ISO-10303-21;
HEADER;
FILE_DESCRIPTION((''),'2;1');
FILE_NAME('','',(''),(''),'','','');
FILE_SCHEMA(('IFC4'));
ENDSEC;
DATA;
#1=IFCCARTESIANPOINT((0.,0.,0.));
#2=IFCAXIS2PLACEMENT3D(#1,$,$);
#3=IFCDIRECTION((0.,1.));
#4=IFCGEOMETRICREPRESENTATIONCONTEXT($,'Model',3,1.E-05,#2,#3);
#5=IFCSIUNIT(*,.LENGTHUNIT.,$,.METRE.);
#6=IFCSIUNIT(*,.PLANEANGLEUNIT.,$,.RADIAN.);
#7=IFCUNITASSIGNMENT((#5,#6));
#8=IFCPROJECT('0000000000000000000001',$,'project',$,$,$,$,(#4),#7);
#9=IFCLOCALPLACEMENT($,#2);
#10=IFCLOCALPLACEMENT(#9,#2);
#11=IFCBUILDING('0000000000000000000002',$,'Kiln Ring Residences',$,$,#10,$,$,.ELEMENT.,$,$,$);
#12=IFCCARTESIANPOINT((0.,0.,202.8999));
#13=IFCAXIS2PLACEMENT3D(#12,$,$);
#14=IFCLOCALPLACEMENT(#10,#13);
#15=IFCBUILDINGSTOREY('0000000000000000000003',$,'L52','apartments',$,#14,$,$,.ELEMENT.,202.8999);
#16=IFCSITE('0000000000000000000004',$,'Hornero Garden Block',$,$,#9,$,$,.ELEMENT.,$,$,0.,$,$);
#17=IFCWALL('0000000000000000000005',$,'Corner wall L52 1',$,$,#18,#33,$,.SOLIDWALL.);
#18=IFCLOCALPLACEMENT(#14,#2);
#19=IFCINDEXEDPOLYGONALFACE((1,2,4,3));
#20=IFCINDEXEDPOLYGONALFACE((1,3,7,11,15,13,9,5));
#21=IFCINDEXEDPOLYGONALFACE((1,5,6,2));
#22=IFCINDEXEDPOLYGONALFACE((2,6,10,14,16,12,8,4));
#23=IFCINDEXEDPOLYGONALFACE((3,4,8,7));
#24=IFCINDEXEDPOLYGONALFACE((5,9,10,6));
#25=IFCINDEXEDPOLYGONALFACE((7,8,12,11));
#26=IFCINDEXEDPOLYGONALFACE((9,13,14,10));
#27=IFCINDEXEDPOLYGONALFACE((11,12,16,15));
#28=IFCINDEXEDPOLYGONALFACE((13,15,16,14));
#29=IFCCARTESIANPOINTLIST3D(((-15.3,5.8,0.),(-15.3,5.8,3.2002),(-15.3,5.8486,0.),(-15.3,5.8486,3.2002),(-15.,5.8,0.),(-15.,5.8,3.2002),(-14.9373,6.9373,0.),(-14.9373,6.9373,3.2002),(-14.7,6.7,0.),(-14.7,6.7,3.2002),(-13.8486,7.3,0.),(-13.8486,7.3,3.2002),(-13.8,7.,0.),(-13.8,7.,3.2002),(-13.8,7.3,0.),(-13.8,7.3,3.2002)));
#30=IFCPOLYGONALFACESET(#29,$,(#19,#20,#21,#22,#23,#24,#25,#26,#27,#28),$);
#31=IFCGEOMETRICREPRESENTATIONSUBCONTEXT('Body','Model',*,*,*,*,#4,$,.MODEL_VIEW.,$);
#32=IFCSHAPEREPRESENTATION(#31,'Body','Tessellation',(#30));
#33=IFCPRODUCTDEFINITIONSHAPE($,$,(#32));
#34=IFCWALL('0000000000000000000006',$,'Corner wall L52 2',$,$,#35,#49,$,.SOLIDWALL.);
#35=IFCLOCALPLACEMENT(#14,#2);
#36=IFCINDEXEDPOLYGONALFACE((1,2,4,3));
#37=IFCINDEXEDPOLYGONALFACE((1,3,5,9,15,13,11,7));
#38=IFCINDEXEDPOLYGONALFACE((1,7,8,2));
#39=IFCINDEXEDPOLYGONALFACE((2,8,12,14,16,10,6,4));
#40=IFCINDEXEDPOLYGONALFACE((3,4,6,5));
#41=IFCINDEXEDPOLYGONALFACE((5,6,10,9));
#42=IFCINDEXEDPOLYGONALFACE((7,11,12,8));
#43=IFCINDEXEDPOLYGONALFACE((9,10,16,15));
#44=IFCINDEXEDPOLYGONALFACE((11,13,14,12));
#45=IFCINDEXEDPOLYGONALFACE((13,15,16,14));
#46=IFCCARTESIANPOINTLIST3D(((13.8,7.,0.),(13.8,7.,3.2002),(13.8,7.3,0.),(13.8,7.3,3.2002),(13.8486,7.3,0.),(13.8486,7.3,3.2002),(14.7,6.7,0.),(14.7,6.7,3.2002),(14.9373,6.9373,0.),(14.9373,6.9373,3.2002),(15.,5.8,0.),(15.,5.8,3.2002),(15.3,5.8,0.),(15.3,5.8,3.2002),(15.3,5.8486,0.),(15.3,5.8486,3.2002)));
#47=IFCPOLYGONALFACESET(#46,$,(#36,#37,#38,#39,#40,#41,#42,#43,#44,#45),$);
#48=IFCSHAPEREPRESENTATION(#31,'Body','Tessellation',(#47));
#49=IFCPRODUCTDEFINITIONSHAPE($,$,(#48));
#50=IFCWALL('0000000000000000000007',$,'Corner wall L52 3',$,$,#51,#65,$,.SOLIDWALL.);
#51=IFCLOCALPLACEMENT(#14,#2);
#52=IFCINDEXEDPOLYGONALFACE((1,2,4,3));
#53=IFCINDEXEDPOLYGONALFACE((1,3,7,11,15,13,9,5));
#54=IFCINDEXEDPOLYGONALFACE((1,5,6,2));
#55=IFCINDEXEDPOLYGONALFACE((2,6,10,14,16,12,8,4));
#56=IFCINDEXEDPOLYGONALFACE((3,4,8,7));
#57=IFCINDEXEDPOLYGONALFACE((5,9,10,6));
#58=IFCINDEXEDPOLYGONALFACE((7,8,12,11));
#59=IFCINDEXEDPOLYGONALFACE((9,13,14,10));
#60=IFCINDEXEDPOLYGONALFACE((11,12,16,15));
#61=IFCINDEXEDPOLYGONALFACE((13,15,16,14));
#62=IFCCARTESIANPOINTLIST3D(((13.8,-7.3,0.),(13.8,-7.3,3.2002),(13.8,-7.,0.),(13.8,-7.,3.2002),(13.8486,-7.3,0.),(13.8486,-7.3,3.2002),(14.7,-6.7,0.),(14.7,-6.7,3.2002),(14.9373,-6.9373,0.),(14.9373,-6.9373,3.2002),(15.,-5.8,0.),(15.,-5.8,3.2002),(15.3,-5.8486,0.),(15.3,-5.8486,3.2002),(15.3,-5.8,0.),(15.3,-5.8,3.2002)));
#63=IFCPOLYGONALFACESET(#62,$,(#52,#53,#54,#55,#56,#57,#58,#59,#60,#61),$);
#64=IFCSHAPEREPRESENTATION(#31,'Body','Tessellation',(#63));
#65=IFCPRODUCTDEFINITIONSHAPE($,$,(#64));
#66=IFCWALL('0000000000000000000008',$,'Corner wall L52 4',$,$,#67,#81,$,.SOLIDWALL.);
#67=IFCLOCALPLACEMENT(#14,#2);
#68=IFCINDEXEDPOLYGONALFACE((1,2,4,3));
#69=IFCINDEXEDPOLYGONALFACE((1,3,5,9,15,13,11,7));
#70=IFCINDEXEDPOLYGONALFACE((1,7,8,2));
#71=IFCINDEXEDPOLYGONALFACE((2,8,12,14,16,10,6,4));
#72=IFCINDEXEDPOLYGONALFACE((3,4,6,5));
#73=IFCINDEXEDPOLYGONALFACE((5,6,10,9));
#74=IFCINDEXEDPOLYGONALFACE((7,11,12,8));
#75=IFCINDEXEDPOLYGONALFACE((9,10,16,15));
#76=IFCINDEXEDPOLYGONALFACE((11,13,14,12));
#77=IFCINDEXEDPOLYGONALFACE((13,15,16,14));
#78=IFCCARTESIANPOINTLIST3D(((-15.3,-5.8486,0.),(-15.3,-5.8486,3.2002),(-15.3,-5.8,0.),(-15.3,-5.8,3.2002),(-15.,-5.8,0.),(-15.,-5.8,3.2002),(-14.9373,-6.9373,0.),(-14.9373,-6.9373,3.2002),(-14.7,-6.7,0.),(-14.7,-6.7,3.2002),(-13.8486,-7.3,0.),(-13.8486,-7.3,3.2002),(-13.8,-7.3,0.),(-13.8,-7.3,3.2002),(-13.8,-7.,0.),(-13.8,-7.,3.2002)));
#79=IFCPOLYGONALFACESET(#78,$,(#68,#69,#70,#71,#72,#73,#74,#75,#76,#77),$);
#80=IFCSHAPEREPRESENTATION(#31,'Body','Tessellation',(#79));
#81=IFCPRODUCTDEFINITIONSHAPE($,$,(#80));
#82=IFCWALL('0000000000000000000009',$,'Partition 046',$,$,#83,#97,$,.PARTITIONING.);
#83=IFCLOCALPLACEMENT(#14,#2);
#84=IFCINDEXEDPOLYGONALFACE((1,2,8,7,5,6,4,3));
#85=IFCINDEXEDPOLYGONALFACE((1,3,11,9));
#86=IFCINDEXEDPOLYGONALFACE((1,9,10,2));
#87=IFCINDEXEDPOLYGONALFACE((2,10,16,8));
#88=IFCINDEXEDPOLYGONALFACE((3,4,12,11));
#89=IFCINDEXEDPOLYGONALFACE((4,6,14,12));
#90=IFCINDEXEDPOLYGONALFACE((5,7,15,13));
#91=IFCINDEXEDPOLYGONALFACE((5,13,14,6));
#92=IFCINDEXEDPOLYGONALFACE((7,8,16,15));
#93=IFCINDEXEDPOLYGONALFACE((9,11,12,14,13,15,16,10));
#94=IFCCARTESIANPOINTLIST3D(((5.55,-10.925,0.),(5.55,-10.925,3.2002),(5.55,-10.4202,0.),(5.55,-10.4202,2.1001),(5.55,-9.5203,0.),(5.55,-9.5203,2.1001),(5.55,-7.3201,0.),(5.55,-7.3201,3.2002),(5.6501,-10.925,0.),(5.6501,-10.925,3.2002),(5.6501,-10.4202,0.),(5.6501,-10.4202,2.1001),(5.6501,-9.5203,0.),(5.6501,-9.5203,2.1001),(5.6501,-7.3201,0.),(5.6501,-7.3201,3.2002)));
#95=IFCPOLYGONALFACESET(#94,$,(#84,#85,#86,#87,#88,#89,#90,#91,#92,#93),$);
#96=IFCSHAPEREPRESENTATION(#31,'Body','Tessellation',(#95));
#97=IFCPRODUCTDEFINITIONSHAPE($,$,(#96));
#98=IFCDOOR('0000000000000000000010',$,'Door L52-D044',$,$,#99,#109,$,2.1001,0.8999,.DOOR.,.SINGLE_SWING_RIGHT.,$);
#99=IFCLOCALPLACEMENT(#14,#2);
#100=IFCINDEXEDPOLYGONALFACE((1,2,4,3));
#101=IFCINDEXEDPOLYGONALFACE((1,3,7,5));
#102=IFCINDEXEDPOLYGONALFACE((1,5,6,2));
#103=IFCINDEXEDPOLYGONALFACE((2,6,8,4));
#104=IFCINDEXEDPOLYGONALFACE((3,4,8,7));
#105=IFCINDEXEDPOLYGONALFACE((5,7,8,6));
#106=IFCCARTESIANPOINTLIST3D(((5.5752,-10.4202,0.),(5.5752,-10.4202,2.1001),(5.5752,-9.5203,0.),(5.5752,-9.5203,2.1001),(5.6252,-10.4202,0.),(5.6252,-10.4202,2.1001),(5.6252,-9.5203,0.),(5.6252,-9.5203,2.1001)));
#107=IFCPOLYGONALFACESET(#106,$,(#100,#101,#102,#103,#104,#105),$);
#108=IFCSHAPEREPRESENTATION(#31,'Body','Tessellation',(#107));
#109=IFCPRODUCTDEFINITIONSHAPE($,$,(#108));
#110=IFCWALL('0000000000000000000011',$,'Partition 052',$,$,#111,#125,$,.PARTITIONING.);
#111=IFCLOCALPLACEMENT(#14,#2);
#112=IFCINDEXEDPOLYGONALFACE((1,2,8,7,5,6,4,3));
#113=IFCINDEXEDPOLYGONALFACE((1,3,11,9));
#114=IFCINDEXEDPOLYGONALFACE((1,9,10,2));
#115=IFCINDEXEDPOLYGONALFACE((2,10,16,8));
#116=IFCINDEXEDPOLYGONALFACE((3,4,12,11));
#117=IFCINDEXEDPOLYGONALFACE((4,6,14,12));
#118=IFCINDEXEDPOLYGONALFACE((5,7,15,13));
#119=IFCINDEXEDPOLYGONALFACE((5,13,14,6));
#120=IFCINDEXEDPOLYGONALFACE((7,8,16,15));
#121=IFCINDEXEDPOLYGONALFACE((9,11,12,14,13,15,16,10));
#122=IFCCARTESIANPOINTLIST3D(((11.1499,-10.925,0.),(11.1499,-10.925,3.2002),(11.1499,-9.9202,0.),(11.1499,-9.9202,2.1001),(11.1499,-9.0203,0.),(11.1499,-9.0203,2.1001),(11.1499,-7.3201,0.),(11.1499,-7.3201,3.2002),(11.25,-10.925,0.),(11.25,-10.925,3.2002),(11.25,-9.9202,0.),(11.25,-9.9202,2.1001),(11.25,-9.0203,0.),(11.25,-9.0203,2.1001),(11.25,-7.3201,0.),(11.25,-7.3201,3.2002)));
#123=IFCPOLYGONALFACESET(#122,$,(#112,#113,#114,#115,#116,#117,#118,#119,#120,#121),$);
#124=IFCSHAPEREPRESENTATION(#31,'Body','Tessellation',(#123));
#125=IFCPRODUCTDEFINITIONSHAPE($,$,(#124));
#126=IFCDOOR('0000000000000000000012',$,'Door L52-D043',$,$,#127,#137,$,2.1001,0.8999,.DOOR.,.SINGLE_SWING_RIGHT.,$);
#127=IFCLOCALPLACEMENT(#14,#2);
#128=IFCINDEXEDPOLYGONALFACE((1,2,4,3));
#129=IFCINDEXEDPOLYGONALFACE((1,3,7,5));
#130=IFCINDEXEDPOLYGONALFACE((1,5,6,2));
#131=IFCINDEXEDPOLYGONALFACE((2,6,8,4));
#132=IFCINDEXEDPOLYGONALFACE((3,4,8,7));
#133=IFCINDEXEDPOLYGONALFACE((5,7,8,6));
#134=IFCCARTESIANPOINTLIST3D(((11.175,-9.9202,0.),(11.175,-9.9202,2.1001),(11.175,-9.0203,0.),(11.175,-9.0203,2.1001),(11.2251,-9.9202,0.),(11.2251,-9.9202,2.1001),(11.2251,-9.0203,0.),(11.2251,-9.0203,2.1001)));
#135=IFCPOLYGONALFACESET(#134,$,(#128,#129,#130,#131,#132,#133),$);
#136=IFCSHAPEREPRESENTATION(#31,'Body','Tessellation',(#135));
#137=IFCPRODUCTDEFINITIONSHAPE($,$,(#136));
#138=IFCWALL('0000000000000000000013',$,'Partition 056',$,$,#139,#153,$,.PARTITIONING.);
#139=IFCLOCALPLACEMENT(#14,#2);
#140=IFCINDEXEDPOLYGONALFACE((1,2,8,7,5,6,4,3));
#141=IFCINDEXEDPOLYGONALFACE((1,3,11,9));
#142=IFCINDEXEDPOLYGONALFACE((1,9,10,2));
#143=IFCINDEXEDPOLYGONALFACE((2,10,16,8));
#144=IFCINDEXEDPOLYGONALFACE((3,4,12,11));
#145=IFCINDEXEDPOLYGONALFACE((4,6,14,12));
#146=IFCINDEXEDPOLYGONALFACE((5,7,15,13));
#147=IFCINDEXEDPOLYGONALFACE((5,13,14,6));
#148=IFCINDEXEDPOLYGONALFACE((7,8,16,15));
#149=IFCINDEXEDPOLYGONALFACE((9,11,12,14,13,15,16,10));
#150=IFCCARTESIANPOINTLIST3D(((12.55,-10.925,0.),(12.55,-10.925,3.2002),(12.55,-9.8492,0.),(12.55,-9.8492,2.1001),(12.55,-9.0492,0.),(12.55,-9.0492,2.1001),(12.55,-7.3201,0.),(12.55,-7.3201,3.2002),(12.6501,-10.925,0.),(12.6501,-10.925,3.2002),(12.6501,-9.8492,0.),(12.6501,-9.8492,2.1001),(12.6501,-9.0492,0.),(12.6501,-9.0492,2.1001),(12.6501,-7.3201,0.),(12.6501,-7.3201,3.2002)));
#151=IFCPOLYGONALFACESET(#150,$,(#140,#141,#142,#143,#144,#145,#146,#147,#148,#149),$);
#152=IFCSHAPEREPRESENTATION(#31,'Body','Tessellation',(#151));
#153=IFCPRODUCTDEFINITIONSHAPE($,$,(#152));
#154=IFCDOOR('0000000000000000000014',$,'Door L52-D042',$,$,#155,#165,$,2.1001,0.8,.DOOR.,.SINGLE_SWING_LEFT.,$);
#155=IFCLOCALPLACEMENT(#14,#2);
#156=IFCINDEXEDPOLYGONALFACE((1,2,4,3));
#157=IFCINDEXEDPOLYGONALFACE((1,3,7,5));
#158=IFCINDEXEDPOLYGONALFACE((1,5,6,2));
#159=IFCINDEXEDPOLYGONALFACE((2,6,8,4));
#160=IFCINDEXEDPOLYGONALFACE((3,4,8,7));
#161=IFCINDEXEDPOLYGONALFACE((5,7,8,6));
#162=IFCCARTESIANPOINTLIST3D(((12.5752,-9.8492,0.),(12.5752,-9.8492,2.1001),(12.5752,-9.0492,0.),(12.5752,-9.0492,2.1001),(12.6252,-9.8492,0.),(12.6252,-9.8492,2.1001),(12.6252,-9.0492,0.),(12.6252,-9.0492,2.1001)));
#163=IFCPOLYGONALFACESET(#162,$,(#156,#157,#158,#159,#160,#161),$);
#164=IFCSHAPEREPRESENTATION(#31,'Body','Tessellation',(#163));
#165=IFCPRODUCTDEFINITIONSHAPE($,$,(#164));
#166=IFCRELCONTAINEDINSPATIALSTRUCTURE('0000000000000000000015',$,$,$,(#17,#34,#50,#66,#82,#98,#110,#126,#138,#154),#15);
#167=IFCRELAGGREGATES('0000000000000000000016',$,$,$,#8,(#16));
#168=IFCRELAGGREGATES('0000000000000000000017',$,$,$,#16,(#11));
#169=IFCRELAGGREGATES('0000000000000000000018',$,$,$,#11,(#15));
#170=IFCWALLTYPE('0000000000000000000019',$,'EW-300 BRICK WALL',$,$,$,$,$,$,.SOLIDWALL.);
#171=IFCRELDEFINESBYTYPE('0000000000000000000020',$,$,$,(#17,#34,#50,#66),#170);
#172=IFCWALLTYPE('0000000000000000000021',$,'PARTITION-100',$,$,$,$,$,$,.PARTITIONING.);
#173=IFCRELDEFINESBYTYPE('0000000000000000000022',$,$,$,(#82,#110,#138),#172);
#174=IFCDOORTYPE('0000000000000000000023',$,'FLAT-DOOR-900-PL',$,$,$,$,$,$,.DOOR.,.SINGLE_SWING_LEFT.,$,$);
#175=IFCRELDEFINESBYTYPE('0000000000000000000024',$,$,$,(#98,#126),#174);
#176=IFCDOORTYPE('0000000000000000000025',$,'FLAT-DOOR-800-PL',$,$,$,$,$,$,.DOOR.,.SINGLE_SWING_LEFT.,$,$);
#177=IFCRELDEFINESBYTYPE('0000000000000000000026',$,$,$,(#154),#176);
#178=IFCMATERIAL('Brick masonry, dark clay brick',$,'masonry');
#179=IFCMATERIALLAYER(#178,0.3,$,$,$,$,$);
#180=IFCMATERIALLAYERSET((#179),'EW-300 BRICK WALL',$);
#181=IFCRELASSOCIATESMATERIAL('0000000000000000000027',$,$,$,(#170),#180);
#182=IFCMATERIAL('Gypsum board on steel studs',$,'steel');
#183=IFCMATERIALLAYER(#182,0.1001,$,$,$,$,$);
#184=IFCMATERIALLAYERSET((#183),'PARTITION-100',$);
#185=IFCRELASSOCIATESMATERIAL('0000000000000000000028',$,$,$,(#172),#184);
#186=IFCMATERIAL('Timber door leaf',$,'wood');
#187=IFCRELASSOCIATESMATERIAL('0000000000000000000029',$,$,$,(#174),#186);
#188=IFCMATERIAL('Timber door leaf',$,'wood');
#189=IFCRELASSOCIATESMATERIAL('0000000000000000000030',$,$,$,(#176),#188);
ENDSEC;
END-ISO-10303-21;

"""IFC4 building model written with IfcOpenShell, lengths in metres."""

from ifc_helpers import new_model, si_unit, direction, frame, frame_2d, origin, place, context, subcontext, project, spatial, polyline, rectangle, outline, extrude, material, layer, layer_set, type_object, element, fill, save


model = new_model("IFC4")

# Units and contexts
model_context = context("Model", 3, precision=1e-05, world=origin(), true_north=direction((0.0, 1.0)))
body_context = subcontext(model_context, "Body", "Model", "MODEL_VIEW")
ifc_project = project(units=[si_unit("LENGTHUNIT", "METRE"), si_unit("PLANEANGLEUNIT", "RADIAN")], contexts=[model_context])

# Site, building, storey
site_placement = place(None, origin())
site = spatial("IfcSite", under=ifc_project, at=site_placement, Name="Hornero Garden Block", CompositionType="ELEMENT", RefElevation=0.0)
building_placement = place(site_placement, origin())
building = spatial("IfcBuilding", under=site, at=building_placement, Name="Kiln Ring Residences", CompositionType="ELEMENT")
storey_placement = place(building_placement, frame((0.0, 0.0, 202.8999)))
storey = spatial("IfcBuildingStorey", under=building, at=storey_placement, Name="L52", Description="apartments", CompositionType="ELEMENT", Elevation=202.8999)

# Shared definitions
placement_1 = place(storey_placement, origin())

# Shared definitions
ifc_material_1 = material(Name="Brick masonry, dark clay brick", Category="masonry")
ifc_layer_1 = layer(ifc_material_1, 0.3)
ifc_layer_set_1 = layer_set([ifc_layer_1], Name="EW-300 BRICK WALL")
wall_type_1 = type_object("IfcWallType", Name="EW-300 BRICK WALL", PredefinedType="SOLIDWALL", material=ifc_layer_set_1)

# Walls
element("IfcWall", 1, at=placement_1, inside=storey, type_object=wall_type_1, Name="Corner wall L52 1", PredefinedType="SOLIDWALL", context=body_context, shape_type="SweptSolid", body=[
    extrude(outline(polyline([(-13.8486, 7.3), (-14.9373, 6.9373), (-15.3, 5.8486), (-15.3, 5.8), (-15.0, 5.8), (-14.7, 6.7), (-13.8, 7.0), (-13.8, 7.3), (-13.8486, 7.3)])), origin(), (0.0, 0.0, 1.0), 3.2002),
])
element("IfcWall", 2, at=placement_1, inside=storey, type_object=wall_type_1, Name="Corner wall L52 2", PredefinedType="SOLIDWALL", context=body_context, shape_type="SweptSolid", body=[
    extrude(outline(polyline([(14.9373, 6.9373), (13.8486, 7.3), (13.8, 7.3), (13.8, 7.0), (14.7, 6.7), (15.0, 5.8), (15.3, 5.8), (15.3, 5.8486), (14.9373, 6.9373)])), origin(), (0.0, 0.0, 1.0), 3.2002),
])
element("IfcWall", 3, at=placement_1, inside=storey, type_object=wall_type_1, Name="Corner wall L52 3", PredefinedType="SOLIDWALL", context=body_context, shape_type="SweptSolid", body=[
    extrude(outline(polyline([(14.9373, -6.9373), (15.3, -5.8486), (15.3, -5.8), (15.0, -5.8), (14.7, -6.7), (13.8, -7.0), (13.8, -7.3), (13.8486, -7.3), (14.9373, -6.9373)])), origin(), (0.0, 0.0, 1.0), 3.2002),
])
element("IfcWall", 4, at=placement_1, inside=storey, type_object=wall_type_1, Name="Corner wall L52 4", PredefinedType="SOLIDWALL", context=body_context, shape_type="SweptSolid", body=[
    extrude(outline(polyline([(-14.9373, -6.9373), (-13.8486, -7.3), (-13.8, -7.3), (-13.8, -7.0), (-14.7, -6.7), (-15.0, -5.8), (-15.3, -5.8), (-15.3, -5.8486), (-14.9373, -6.9373)])), origin(), (0.0, 0.0, 1.0), 3.2002),
])

# Walls, openings, doors
ifc_material_2 = material(Name="Gypsum board on steel studs", Category="steel")
ifc_layer_2 = layer(ifc_material_2, 0.1001)
ifc_layer_set_2 = layer_set([ifc_layer_2], Name="PARTITION-100")
wall_type_2 = type_object("IfcWallType", Name="PARTITION-100", PredefinedType="PARTITIONING", material=ifc_layer_set_2)
wall_1_placement = place(storey_placement, frame((5.6001, -10.925, 0.0), z_axis=(0.0, 0.0, 1.0), x_axis=(0.0, 1.0, 0.0)))
wall_1 = element("IfcWall", 5, at=wall_1_placement, inside=storey, type_object=wall_type_2, Name="Partition 046", PredefinedType="PARTITIONING", context=body_context, shape_type="SweptSolid", body=[
    extrude(rectangle(XDim=3.605, YDim=0.1001, at=frame_2d((1.8025, 0.0))), origin(), (0.0, 0.0, 1.0), 3.2002),
])
opening_1_placement = place(wall_1_placement, frame((0.5049, 0.0, 0.0)))
opening_1 = element("IfcOpeningElement", 6, at=opening_1_placement, cuts=wall_1, PredefinedType="OPENING", context=body_context, shape_type="SweptSolid", body=[
    extrude(rectangle(XDim=0.8999, YDim=2.1001, at=frame_2d((0.45, 1.05))), frame((0.0, 0.0601, 0.0), z_axis=(0.0, -1.0, 0.0), x_axis=(1.0, 0.0, 0.0)), (0.0, 0.0, 1.0), 0.1201),
])
ifc_material_3 = material(Name="Timber door leaf", Category="wood")
door_type_1 = type_object("IfcDoorType", Name="FLAT-DOOR-900-PL", OperationType="SINGLE_SWING_LEFT", PredefinedType="DOOR", material=ifc_material_3)
door_1_placement = place(opening_1_placement, origin())
door_1 = element("IfcDoor", 7, at=door_1_placement, inside=storey, type_object=door_type_1, Name="Door L52-D044", OperationType="SINGLE_SWING_RIGHT", OverallHeight=2.1001, OverallWidth=0.8999, PredefinedType="DOOR", context=body_context, shape_type="SweptSolid", body=[
    extrude(rectangle(XDim=0.8999, YDim=2.1001, at=frame_2d((0.45, 1.05))), frame((0.0, 0.0249, 0.0), z_axis=(0.0, -1.0, 0.0), x_axis=(1.0, 0.0, 0.0)), (0.0, 0.0, 1.0), 0.05),
])
fill(opening_1, door_1)
wall_2_placement = place(storey_placement, frame((11.2, -10.925, 0.0), z_axis=(0.0, 0.0, 1.0), x_axis=(0.0, 1.0, 0.0)))
wall_2 = element("IfcWall", 8, at=wall_2_placement, inside=storey, type_object=wall_type_2, Name="Partition 052", PredefinedType="PARTITIONING", context=body_context, shape_type="SweptSolid", body=[
    extrude(rectangle(XDim=3.605, YDim=0.1001, at=frame_2d((1.8025, 0.0))), origin(), (0.0, 0.0, 1.0), 3.2002),
])
opening_2_placement = place(wall_2_placement, frame((1.0049, 0.0, 0.0)))
opening_2 = element("IfcOpeningElement", 9, at=opening_2_placement, cuts=wall_2, PredefinedType="OPENING", context=body_context, shape_type="SweptSolid", body=[
    extrude(rectangle(XDim=0.8999, YDim=2.1001, at=frame_2d((0.45, 1.05))), frame((0.0, 0.0601, 0.0), z_axis=(0.0, -1.0, 0.0), x_axis=(1.0, 0.0, 0.0)), (0.0, 0.0, 1.0), 0.1201),
])
door_2_placement = place(opening_2_placement, origin())
door_2 = element("IfcDoor", 10, at=door_2_placement, inside=storey, type_object=door_type_1, Name="Door L52-D043", OperationType="SINGLE_SWING_RIGHT", OverallHeight=2.1001, OverallWidth=0.8999, PredefinedType="DOOR", context=body_context, shape_type="SweptSolid", body=[
    extrude(rectangle(XDim=0.8999, YDim=2.1001, at=frame_2d((0.45, 1.05))), frame((0.0, 0.0249, 0.0), z_axis=(0.0, -1.0, 0.0), x_axis=(1.0, 0.0, 0.0)), (0.0, 0.0, 1.0), 0.05),
])
fill(opening_2, door_2)
wall_3_placement = place(storey_placement, frame((12.6001, -10.925, 0.0), z_axis=(0.0, 0.0, 1.0), x_axis=(0.0, 1.0, 0.0)))
wall_3 = element("IfcWall", 11, at=wall_3_placement, inside=storey, type_object=wall_type_2, Name="Partition 056", PredefinedType="PARTITIONING", context=body_context, shape_type="SweptSolid", body=[
    extrude(rectangle(XDim=3.605, YDim=0.1001, at=frame_2d((1.8025, 0.0))), origin(), (0.0, 0.0, 1.0), 3.2002),
])
opening_3_placement = place(wall_3_placement, frame((1.0759, 0.0, 0.0)))
opening_3 = element("IfcOpeningElement", 12, at=opening_3_placement, cuts=wall_3, PredefinedType="OPENING", context=body_context, shape_type="SweptSolid", body=[
    extrude(rectangle(XDim=0.8, YDim=2.1001, at=frame_2d((0.3999, 1.05))), frame((0.0, 0.0601, 0.0), z_axis=(0.0, -1.0, 0.0), x_axis=(1.0, 0.0, 0.0)), (0.0, 0.0, 1.0), 0.1201),
])
ifc_material_4 = material(Name="Timber door leaf", Category="wood")
door_type_2 = type_object("IfcDoorType", Name="FLAT-DOOR-800-PL", OperationType="SINGLE_SWING_LEFT", PredefinedType="DOOR", material=ifc_material_4)
door_3_placement = place(opening_3_placement, origin())
door_3 = element("IfcDoor", 13, at=door_3_placement, inside=storey, type_object=door_type_2, Name="Door L52-D042", OperationType="SINGLE_SWING_LEFT", OverallHeight=2.1001, OverallWidth=0.8, PredefinedType="DOOR", context=body_context, shape_type="SweptSolid", body=[
    extrude(rectangle(XDim=0.8, YDim=2.1001, at=frame_2d((0.3999, 1.05))), frame((0.0, 0.0249, 0.0), z_axis=(0.0, -1.0, 0.0), x_axis=(1.0, 0.0, 0.0)), (0.0, 0.0, 1.0), 0.05),
])
fill(opening_3, door_3)

save(model, "model.ifc")
